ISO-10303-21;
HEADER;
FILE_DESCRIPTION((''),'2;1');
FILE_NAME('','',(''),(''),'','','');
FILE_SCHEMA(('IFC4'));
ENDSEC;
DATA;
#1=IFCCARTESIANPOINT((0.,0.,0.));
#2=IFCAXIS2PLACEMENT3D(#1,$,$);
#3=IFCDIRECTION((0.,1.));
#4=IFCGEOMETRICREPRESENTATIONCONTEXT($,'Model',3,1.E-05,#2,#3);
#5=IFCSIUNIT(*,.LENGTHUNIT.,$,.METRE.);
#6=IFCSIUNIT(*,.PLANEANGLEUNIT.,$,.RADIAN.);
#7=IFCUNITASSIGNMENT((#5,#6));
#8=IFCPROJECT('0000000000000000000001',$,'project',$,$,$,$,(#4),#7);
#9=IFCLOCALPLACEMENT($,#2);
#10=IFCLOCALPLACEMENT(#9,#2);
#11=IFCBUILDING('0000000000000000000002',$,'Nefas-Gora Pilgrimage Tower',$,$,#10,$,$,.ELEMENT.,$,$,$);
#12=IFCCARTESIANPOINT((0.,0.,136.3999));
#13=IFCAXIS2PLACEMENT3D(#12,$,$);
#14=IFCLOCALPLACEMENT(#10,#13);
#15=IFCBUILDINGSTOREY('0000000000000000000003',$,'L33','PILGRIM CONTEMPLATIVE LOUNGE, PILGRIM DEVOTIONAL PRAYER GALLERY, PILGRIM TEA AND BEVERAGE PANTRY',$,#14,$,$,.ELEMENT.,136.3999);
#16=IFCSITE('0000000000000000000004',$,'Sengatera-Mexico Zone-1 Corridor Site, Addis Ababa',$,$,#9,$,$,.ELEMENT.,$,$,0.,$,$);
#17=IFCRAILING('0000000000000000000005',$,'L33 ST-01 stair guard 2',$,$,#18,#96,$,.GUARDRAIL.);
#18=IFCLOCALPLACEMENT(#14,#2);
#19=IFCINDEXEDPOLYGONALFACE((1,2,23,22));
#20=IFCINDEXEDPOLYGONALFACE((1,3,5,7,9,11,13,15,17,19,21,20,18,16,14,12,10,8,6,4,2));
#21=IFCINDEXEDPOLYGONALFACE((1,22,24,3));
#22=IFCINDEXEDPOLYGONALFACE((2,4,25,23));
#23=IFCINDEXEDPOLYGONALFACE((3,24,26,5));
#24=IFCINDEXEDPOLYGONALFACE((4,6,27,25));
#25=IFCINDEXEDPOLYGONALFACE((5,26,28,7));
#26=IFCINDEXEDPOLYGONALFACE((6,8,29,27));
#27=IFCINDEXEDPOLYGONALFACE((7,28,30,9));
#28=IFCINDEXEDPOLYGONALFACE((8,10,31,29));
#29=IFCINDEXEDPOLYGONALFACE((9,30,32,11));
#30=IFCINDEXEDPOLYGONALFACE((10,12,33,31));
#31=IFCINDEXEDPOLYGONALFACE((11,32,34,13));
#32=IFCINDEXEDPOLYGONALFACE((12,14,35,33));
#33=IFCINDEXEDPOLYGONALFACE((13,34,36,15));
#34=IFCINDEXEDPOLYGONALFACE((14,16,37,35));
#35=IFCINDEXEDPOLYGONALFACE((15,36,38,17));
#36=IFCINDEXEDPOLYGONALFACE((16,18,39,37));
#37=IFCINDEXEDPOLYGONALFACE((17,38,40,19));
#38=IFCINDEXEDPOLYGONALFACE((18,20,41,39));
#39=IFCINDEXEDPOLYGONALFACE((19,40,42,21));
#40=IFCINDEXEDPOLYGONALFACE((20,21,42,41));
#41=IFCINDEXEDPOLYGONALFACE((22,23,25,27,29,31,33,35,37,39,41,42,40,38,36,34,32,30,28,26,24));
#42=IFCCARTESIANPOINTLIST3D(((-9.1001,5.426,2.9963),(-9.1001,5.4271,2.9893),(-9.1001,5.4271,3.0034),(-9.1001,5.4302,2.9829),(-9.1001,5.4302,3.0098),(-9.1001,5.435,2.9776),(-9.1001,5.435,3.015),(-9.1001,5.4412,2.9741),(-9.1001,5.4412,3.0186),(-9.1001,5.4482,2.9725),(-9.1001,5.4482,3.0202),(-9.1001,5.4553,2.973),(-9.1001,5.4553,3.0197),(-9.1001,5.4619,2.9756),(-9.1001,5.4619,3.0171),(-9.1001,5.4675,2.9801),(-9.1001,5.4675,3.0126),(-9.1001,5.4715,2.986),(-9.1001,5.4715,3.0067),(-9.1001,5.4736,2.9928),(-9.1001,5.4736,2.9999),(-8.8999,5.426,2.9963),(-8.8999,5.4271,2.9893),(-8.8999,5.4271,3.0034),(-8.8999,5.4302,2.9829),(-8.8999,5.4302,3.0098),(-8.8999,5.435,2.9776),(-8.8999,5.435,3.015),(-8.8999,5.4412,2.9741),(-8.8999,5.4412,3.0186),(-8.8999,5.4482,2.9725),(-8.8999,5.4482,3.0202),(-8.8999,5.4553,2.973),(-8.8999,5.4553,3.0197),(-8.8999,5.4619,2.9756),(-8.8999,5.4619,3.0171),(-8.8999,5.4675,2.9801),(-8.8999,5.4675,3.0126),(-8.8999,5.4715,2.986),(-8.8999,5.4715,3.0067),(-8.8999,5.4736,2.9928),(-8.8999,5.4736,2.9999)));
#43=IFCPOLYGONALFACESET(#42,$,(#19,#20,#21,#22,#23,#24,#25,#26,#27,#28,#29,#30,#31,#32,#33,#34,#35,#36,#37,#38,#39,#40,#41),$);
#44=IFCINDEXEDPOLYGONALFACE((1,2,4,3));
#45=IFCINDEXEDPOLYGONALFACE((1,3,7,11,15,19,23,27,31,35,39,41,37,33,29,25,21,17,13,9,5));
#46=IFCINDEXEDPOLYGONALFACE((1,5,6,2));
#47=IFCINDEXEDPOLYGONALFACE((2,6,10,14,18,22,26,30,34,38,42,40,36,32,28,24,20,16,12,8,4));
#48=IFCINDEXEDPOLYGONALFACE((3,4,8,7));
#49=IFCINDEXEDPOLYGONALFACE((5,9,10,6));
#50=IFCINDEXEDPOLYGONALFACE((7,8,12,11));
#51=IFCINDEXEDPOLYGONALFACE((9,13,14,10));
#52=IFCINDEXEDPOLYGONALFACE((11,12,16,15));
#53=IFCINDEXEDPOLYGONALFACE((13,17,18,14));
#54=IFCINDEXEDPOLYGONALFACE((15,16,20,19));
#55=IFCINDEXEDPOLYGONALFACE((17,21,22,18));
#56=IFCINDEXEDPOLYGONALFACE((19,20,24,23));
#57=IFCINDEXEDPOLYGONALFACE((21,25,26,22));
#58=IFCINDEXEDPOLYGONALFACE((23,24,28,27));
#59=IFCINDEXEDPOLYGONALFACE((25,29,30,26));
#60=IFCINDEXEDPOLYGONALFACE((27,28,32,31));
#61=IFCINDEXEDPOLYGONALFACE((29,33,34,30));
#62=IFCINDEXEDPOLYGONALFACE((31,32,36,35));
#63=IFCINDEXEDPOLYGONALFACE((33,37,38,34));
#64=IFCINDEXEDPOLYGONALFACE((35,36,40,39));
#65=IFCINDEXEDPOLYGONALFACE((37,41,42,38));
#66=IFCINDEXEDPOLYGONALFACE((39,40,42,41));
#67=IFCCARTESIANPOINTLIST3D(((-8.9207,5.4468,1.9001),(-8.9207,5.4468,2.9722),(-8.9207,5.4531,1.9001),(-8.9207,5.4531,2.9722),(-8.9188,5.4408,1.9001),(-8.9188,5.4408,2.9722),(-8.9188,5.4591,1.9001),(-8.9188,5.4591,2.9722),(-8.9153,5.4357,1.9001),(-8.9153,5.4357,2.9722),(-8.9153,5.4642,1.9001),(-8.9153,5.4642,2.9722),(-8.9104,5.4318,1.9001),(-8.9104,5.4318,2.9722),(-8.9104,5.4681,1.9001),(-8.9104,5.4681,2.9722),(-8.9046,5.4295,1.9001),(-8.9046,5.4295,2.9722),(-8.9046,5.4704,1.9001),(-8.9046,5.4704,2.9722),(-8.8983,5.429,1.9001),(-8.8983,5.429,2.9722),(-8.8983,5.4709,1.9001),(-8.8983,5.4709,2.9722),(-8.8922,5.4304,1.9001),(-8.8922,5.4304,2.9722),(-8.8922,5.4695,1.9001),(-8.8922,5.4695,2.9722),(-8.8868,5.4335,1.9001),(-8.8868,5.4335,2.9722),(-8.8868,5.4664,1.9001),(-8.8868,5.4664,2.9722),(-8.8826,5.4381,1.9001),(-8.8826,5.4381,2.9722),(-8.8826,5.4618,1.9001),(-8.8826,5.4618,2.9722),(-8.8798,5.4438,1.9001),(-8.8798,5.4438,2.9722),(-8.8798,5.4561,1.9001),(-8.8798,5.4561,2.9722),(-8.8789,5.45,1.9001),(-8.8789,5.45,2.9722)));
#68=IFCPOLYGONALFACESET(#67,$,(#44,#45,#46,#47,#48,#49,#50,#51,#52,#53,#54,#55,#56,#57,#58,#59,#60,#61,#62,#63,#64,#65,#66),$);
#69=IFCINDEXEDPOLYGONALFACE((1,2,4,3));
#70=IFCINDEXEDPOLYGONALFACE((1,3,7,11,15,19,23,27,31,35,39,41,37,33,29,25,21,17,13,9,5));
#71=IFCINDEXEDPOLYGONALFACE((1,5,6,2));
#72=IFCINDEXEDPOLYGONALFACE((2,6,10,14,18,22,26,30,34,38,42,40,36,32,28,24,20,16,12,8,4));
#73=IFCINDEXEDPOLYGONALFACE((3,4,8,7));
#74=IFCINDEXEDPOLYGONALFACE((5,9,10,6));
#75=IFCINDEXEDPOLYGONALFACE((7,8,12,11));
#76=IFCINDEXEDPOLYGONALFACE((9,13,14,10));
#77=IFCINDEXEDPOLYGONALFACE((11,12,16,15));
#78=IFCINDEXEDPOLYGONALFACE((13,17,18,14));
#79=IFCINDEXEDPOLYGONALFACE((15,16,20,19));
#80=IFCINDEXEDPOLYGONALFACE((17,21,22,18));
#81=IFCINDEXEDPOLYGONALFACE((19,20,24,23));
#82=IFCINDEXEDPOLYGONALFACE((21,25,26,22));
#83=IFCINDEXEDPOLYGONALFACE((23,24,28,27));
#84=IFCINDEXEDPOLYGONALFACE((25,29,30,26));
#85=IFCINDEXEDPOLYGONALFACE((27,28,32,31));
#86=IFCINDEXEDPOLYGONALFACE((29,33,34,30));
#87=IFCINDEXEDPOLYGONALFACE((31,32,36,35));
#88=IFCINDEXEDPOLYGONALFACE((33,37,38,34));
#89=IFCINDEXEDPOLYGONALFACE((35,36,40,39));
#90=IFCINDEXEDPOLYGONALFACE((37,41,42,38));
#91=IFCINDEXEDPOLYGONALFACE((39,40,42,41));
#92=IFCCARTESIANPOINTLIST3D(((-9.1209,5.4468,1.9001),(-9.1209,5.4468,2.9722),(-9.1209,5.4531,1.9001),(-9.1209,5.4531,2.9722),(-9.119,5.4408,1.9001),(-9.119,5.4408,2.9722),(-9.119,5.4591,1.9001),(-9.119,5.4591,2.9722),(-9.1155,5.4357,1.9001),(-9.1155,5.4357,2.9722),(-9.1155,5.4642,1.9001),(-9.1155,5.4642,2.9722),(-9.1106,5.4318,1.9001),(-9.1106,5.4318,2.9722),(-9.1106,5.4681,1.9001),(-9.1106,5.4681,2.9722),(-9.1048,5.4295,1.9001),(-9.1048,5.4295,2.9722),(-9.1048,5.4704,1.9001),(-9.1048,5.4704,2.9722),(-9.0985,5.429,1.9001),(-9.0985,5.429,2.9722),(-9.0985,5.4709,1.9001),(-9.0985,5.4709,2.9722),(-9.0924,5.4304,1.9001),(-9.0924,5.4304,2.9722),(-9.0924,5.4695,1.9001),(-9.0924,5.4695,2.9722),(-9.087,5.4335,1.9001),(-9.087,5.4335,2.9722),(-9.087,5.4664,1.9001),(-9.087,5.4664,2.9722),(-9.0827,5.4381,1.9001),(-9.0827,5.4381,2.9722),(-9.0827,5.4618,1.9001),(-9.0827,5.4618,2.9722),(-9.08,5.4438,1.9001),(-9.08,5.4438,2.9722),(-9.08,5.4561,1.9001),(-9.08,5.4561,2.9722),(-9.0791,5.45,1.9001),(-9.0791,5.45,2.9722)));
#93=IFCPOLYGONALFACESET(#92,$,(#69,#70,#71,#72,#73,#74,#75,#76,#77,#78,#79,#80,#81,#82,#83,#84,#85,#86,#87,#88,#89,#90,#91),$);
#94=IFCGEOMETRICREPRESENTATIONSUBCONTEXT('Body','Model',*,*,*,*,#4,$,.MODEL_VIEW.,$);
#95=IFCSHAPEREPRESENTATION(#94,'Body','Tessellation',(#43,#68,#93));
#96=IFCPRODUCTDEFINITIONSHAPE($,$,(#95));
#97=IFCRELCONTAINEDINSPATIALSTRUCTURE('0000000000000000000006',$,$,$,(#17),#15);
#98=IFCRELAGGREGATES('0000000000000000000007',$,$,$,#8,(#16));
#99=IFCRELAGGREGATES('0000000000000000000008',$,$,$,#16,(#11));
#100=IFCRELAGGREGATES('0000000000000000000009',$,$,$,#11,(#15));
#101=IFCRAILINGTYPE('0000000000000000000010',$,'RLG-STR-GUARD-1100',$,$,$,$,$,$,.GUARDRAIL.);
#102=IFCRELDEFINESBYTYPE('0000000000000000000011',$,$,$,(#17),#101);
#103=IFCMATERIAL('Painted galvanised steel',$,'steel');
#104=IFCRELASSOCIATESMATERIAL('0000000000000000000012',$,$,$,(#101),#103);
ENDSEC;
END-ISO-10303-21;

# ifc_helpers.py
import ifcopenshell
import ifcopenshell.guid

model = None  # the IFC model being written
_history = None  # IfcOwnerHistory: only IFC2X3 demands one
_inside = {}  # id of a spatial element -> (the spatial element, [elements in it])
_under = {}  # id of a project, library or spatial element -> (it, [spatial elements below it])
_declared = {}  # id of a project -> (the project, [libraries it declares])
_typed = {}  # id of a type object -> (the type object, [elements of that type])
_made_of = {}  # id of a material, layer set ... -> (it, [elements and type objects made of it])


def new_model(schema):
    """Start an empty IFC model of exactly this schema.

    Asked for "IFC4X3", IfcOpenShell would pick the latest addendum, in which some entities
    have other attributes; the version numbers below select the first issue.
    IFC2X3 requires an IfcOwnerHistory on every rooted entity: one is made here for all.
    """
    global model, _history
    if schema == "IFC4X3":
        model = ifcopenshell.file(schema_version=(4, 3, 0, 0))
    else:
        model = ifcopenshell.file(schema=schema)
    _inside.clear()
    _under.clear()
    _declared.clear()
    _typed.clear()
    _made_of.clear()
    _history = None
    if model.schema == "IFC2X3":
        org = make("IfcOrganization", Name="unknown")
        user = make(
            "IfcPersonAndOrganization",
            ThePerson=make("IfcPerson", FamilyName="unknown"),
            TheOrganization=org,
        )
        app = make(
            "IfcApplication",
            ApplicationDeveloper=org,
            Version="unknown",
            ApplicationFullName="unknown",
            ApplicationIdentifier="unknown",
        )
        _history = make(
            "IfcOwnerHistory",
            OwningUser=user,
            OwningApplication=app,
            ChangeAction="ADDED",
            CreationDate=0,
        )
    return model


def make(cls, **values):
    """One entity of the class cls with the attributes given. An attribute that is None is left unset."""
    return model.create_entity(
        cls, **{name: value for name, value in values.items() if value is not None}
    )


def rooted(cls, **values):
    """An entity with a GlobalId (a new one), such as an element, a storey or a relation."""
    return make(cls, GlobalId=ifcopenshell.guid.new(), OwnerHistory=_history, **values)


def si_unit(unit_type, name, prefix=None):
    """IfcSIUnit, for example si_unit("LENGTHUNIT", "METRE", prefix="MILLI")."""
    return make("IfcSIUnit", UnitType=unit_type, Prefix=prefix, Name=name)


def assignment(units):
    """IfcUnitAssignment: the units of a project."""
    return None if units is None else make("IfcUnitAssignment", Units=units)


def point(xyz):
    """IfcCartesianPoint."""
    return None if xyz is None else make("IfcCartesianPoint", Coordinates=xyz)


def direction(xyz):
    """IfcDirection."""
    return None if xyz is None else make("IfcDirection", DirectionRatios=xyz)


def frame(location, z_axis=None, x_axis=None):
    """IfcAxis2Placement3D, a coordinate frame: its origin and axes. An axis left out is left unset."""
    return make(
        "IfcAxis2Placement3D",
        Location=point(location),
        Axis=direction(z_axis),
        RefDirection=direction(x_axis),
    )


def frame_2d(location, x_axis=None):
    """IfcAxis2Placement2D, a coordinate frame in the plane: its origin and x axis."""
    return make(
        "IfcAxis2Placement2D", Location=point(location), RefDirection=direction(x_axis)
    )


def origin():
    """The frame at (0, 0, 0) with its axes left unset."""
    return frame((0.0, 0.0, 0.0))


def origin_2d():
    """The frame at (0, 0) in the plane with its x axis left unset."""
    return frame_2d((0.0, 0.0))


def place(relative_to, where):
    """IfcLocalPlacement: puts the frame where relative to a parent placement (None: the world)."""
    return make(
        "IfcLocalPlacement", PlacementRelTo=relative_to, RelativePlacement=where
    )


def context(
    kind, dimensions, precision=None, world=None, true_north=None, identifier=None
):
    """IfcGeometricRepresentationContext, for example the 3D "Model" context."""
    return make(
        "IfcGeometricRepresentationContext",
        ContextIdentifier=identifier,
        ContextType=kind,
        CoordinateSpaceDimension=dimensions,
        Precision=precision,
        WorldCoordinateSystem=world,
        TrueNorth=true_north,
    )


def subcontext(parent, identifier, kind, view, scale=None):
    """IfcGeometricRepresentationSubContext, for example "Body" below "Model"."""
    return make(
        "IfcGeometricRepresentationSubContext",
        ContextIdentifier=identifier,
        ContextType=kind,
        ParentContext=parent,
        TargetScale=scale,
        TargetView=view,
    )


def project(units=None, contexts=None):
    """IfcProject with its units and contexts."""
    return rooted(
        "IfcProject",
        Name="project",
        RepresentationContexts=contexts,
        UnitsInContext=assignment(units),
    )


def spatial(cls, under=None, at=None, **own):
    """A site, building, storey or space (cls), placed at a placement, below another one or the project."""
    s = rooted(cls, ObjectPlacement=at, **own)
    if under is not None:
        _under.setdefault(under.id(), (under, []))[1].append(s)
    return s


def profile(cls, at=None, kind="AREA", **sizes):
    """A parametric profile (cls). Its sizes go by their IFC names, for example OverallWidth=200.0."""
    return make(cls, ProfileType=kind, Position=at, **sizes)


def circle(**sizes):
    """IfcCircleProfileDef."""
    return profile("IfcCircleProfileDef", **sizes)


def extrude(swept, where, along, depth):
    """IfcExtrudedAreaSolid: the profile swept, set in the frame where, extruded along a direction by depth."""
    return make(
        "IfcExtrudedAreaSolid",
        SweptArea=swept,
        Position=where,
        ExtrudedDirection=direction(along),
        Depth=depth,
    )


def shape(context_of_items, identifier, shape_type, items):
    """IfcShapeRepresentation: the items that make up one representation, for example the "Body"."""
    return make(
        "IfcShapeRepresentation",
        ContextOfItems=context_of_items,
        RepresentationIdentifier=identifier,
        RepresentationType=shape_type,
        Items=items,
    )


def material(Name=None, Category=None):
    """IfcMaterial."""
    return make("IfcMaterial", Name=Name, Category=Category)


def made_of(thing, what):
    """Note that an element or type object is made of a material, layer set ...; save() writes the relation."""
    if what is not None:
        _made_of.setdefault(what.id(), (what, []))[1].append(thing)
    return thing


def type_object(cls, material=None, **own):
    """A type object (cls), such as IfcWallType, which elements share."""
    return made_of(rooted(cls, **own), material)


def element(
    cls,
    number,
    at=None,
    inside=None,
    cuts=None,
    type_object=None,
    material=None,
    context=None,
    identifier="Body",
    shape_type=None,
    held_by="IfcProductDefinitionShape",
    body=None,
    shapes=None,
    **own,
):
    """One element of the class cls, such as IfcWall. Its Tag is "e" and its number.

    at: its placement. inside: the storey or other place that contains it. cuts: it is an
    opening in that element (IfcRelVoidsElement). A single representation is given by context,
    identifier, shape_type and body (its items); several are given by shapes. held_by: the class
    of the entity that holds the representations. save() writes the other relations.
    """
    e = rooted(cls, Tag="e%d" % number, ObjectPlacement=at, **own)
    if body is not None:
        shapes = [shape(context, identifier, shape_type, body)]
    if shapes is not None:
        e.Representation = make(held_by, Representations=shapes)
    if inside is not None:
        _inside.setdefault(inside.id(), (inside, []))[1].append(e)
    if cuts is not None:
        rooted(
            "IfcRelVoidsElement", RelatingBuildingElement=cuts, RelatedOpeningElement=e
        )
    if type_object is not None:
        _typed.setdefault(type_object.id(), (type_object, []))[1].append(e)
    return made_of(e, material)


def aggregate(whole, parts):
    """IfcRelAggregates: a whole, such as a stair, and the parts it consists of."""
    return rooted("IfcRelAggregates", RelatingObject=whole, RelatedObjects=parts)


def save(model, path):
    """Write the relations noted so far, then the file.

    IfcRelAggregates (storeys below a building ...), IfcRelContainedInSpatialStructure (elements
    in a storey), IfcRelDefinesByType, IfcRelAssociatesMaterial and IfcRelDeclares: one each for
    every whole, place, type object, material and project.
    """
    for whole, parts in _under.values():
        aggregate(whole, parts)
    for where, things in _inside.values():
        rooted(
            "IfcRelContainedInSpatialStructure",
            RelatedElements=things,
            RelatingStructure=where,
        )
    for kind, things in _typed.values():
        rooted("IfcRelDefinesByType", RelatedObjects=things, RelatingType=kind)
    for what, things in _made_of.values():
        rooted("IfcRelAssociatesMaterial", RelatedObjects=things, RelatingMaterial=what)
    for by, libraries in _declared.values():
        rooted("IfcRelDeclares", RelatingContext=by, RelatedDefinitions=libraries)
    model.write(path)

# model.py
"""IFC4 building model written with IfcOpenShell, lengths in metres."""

from ifc_helpers import new_model, si_unit, direction, frame, origin, origin_2d, place, context, subcontext, project, spatial, circle, extrude, material, type_object, element, save


model = new_model("IFC4")

# Units and contexts
model_context = context("Model", 3, precision=1e-05, world=origin(), true_north=direction((0.0, 1.0)))
body_context = subcontext(model_context, "Body", "Model", "MODEL_VIEW")
ifc_project = project(units=[si_unit("LENGTHUNIT", "METRE"), si_unit("PLANEANGLEUNIT", "RADIAN")], contexts=[model_context])

# Site, building, storey
site_placement = place(None, origin())
site = spatial("IfcSite", under=ifc_project, at=site_placement, Name="Sengatera-Mexico Zone-1 Corridor Site, Addis Ababa", CompositionType="ELEMENT", RefElevation=0.0)
building_placement = place(site_placement, origin())
building = spatial("IfcBuilding", under=site, at=building_placement, Name="Nefas-Gora Pilgrimage Tower", CompositionType="ELEMENT")
storey_placement = place(building_placement, frame((0.0, 0.0, 136.3999)))
storey = spatial("IfcBuildingStorey", under=building, at=storey_placement, Name="L33", Description="PILGRIM CONTEMPLATIVE LOUNGE, PILGRIM DEVOTIONAL PRAYER GALLERY, PILGRIM TEA AND BEVERAGE PANTRY", CompositionType="ELEMENT", Elevation=136.3999)

# Railing
ifc_material_1 = material(Name="Painted galvanised steel", Category="steel")
railing_type_1 = type_object("IfcRailingType", Name="RLG-STR-GUARD-1100", PredefinedType="GUARDRAIL", material=ifc_material_1)
railing_1_placement = place(storey_placement, frame((-8.8999, 5.45, 1.9001)))
element("IfcRailing", 1, at=railing_1_placement, inside=storey, type_object=railing_type_1, Name="L33 ST-01 stair guard 2", PredefinedType="GUARDRAIL", context=body_context, shape_type="SweptSolid", body=[
    extrude(circle(Radius=0.0239, at=origin_2d()), frame((0.0, 0.0, 1.0962), z_axis=(-1.0, 0.0, 0.0), x_axis=(0.0, -1.0, 0.0)), (0.0, 0.0, 1.0), 0.2002),
    extrude(circle(Radius=0.021, at=origin_2d()), origin(), (0.0, 0.0, 1.0), 1.072),
    extrude(circle(Radius=0.021, at=origin_2d()), frame((-0.2002, 0.0, 0.0)), (0.0, 0.0, 1.0), 1.072),
])

save(model, "model.ifc")
